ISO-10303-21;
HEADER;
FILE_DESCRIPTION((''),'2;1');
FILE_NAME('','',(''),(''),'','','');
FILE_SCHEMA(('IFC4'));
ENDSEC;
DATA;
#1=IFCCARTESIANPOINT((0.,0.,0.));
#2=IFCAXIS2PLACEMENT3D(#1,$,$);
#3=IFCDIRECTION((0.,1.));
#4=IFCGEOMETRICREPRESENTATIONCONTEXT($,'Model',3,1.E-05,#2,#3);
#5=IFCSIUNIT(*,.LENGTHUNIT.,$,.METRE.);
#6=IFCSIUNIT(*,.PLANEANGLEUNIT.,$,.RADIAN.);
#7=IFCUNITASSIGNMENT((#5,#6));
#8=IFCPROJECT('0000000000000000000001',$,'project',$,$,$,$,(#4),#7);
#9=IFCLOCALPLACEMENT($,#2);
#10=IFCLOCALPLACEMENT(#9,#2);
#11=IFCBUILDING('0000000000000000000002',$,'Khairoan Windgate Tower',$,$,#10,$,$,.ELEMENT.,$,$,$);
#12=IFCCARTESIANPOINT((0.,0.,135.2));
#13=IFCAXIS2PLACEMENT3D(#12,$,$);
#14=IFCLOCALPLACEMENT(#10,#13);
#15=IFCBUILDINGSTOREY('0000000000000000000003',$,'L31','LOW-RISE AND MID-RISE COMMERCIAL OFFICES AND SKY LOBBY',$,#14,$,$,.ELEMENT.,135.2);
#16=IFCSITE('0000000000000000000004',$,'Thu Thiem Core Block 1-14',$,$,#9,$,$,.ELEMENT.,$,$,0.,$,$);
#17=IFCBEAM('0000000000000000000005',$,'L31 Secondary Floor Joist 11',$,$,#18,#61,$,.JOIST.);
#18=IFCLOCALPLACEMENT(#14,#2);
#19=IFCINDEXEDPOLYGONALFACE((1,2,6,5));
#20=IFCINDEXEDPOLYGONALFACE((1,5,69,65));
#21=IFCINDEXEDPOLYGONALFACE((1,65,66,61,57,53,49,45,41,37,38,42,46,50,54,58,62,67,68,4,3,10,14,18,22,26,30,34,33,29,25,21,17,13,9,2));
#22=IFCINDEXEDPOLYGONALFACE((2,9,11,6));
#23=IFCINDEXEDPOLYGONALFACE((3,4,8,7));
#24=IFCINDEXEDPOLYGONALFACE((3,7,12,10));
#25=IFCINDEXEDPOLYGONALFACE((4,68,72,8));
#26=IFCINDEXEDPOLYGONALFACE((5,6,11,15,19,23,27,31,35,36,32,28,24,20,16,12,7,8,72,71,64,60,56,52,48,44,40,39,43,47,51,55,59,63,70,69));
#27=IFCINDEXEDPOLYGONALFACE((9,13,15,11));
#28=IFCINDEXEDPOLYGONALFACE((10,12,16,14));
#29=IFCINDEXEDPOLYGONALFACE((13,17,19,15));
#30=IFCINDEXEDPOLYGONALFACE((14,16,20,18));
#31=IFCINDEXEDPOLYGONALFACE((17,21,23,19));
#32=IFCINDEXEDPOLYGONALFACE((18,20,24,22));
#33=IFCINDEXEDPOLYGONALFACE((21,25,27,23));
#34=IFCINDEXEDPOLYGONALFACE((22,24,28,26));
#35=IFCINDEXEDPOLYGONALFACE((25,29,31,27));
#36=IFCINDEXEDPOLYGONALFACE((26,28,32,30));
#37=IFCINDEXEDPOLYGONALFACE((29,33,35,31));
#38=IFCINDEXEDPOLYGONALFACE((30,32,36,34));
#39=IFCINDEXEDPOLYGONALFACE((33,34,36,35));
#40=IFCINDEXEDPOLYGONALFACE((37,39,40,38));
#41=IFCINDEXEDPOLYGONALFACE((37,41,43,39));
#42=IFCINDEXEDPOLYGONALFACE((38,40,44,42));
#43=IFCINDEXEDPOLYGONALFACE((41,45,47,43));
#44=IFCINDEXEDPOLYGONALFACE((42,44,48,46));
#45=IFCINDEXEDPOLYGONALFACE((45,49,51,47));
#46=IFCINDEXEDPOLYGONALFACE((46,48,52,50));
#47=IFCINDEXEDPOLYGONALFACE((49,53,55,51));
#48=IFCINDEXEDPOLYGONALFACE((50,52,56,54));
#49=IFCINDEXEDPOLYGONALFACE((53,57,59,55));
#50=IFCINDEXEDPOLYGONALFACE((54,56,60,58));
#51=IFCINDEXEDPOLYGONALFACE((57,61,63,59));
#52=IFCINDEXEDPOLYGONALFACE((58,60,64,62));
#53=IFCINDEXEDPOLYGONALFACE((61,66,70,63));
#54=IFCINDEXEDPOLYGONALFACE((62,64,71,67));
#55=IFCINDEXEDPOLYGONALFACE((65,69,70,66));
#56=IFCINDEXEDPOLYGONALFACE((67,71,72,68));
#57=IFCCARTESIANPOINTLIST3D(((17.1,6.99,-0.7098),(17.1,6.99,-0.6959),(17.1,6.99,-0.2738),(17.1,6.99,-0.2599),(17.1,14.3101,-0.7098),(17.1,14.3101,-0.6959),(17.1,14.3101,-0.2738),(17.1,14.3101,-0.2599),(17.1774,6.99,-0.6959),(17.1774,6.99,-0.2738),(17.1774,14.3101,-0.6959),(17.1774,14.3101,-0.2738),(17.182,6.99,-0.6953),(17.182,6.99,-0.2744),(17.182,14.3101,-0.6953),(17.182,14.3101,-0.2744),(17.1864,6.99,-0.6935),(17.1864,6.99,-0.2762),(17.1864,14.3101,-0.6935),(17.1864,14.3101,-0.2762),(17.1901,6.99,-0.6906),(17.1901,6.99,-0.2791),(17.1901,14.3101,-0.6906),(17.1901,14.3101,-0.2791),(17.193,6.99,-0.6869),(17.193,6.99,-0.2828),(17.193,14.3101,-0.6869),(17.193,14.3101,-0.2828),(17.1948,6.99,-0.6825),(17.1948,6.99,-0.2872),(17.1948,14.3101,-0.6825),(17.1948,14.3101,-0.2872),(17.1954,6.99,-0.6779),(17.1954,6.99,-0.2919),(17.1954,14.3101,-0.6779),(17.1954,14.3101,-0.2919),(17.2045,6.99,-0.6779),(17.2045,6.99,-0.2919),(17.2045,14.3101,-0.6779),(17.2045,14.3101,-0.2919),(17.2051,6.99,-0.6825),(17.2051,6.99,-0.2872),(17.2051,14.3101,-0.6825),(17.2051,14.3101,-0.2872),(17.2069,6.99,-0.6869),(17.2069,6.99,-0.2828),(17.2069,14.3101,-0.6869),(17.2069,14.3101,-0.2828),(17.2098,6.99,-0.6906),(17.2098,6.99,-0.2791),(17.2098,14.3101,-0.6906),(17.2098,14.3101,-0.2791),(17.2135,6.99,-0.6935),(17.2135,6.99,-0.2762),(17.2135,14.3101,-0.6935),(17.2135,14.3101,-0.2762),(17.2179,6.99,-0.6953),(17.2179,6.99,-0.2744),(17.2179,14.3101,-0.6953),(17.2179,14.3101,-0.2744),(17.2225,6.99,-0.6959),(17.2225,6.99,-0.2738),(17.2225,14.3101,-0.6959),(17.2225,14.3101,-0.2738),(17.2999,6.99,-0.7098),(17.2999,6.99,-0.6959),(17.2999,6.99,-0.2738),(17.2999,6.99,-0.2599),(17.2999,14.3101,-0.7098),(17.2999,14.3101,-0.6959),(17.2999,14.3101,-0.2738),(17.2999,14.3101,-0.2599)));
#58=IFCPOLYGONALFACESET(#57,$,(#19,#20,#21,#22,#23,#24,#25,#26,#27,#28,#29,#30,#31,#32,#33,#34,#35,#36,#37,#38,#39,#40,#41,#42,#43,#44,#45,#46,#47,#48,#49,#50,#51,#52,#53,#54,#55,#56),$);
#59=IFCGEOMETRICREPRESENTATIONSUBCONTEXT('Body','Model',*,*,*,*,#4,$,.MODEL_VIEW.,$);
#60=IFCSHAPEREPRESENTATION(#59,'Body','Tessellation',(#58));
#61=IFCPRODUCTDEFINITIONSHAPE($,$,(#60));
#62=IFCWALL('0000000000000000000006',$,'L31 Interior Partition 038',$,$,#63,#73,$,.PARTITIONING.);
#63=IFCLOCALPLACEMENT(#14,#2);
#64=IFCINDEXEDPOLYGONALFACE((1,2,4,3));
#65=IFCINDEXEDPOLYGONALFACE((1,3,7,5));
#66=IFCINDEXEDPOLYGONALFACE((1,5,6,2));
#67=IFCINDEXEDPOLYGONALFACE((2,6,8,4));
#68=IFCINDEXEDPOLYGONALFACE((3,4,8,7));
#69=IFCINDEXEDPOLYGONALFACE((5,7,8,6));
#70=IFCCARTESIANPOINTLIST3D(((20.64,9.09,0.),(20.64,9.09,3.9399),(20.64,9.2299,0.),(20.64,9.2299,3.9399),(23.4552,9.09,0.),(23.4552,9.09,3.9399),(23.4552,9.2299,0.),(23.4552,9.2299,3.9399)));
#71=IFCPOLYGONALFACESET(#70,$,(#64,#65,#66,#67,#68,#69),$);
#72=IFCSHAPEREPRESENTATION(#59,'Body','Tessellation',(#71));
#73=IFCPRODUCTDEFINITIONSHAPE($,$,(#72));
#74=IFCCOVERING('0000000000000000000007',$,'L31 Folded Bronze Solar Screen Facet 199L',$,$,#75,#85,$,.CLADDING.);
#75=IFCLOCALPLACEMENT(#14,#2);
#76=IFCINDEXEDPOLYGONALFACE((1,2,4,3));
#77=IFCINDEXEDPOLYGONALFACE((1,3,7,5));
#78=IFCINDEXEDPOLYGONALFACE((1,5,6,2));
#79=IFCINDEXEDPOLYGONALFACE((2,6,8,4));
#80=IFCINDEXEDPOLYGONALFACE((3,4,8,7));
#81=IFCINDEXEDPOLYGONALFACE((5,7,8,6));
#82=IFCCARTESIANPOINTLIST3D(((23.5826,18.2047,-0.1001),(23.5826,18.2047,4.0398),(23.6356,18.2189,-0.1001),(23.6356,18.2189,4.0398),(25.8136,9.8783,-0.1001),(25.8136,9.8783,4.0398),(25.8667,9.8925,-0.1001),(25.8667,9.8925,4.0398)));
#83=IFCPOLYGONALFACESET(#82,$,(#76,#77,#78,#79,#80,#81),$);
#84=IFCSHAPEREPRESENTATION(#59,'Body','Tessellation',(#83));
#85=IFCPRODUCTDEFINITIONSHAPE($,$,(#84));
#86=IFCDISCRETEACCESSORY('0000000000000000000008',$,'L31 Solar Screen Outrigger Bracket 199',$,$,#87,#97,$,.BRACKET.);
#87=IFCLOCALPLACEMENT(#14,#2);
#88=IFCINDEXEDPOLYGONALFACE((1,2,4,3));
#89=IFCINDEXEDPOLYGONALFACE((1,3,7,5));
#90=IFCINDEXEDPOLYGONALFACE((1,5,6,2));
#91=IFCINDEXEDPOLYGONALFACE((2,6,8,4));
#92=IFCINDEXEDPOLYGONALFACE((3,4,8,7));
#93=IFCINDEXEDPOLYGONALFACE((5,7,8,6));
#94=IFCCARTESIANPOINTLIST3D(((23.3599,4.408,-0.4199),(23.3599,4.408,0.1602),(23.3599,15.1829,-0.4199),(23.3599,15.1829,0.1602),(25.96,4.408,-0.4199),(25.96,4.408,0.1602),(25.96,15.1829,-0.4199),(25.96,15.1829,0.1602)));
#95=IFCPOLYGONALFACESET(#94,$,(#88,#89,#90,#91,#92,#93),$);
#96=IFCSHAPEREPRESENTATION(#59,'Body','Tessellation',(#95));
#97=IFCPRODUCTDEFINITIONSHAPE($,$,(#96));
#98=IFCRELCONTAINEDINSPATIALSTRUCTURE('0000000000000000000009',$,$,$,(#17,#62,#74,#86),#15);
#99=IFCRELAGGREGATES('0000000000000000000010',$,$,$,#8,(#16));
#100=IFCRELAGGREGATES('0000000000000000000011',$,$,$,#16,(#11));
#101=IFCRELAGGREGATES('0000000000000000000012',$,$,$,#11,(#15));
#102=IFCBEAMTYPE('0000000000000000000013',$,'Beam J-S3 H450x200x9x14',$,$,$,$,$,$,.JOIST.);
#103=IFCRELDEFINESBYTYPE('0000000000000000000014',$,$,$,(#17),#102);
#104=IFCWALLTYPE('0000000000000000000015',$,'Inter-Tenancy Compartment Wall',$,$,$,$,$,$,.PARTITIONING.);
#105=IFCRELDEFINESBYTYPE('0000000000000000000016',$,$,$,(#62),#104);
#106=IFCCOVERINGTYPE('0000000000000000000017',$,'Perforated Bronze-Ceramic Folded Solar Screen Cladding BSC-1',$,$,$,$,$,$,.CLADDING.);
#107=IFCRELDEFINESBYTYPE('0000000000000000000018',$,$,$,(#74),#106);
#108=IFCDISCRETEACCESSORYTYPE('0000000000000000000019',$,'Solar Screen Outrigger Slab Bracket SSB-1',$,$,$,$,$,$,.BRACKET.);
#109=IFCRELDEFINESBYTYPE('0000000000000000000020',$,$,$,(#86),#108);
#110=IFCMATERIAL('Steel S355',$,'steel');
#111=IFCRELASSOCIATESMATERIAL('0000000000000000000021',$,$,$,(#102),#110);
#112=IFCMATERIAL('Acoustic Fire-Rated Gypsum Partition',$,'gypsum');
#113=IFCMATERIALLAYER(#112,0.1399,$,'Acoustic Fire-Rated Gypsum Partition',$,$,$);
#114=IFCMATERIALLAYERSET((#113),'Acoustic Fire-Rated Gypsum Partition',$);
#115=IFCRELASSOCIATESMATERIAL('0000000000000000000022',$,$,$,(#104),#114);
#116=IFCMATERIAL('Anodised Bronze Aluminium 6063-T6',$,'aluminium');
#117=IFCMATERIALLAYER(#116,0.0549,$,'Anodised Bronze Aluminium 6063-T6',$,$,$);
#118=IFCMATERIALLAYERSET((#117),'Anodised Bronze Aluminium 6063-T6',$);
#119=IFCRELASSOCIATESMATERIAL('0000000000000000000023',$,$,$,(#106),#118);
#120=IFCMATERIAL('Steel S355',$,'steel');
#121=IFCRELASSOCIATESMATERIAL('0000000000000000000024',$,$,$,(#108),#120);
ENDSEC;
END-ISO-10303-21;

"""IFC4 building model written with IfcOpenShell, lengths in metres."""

from ifc_helpers import new_model, si_unit, direction, frame, frame_2d, origin, origin_2d, place, context, subcontext, project, spatial, rectangle, i_section, extrude, material, layer, layer_set, material_profile, profile_set, type_object, element, save


model = new_model("IFC4")

# Units and contexts
model_context = context("Model", 3, precision=1e-05, world=origin(), true_north=direction((0.0, 1.0)))
body_context = subcontext(model_context, "Body", "Model", "MODEL_VIEW")
ifc_project = project(units=[si_unit("LENGTHUNIT", "METRE"), si_unit("PLANEANGLEUNIT", "RADIAN")], contexts=[model_context])

# Site, building, storey
site_placement = place(None, origin())
site = spatial("IfcSite", under=ifc_project, at=site_placement, Name="Thu Thiem Core Block 1-14", CompositionType="ELEMENT", RefElevation=0.0)
building_placement = place(site_placement, origin())
building = spatial("IfcBuilding", under=site, at=building_placement, Name="Khairoan Windgate Tower", CompositionType="ELEMENT")
storey_placement = place(building_placement, frame((0.0, 0.0, 135.2)))
storey = spatial("IfcBuildingStorey", under=building, at=storey_placement, Name="L31", Description="LOW-RISE AND MID-RISE COMMERCIAL OFFICES AND SKY LOBBY", CompositionType="ELEMENT", Elevation=135.2)

# Beam
ifc_material_1 = material(Name="Steel S355", Category="steel")
ifc_material_profile_1 = material_profile(ifc_material_1, i_section(OverallWidth=0.2, OverallDepth=0.45, WebThickness=0.009, FlangeThickness=0.0139, FilletRadius=0.0181, at=origin_2d()))
ifc_profile_set_1 = profile_set([ifc_material_profile_1], Name="Steel S355")
beam_type_1 = type_object("IfcBeamType", Name="Beam J-S3 H450x200x9x14", PredefinedType="JOIST", material=ifc_profile_set_1)
beam_1_placement = place(storey_placement, frame((17.2, 6.99, -0.4849), z_axis=(0.0, 1.0, 0.0), x_axis=(-1.0, 0.0, 0.0)))
element("IfcBeam", 1, at=beam_1_placement, inside=storey, type_object=beam_type_1, Name="L31 Secondary Floor Joist 11", PredefinedType="JOIST", context=body_context, shape_type="SweptSolid", body=[
    extrude(i_section(OverallWidth=0.2, OverallDepth=0.45, WebThickness=0.009, FlangeThickness=0.0139, FilletRadius=0.0181, at=origin_2d()), origin(), (0.0, 0.0, 1.0), 7.3201),
])

# Wall
ifc_material_2 = material(Name="Acoustic Fire-Rated Gypsum Partition", Category="gypsum")
ifc_layer_1 = layer(ifc_material_2, 0.1399, Name="Acoustic Fire-Rated Gypsum Partition")
ifc_layer_set_1 = layer_set([ifc_layer_1], Name="Acoustic Fire-Rated Gypsum Partition")
wall_type_1 = type_object("IfcWallType", Name="Inter-Tenancy Compartment Wall", PredefinedType="PARTITIONING", material=ifc_layer_set_1)
wall_1_placement = place(storey_placement, frame((20.6399, 9.1599, 0.0), z_axis=(0.0, 0.0, 1.0), x_axis=(1.0, 0.0, 0.0)))
element("IfcWall", 2, at=wall_1_placement, inside=storey, type_object=wall_type_1, Name="L31 Interior Partition 038", PredefinedType="PARTITIONING", context=body_context, shape_type="SweptSolid", body=[
    extrude(rectangle(XDim=2.8152, YDim=0.1399, at=frame_2d((1.4077, 0.0))), origin(), (0.0, 0.0, 1.0), 3.9399),
])

# Covering
ifc_material_3 = material(Name="Anodised Bronze Aluminium 6063-T6", Category="aluminium")
ifc_layer_2 = layer(ifc_material_3, 0.0549, Name="Anodised Bronze Aluminium 6063-T6")
ifc_layer_set_2 = layer_set([ifc_layer_2], Name="Anodised Bronze Aluminium 6063-T6")
covering_type = type_object("IfcCoveringType", Name="Perforated Bronze-Ceramic Folded Solar Screen Cladding BSC-1", PredefinedType="CLADDING", material=ifc_layer_set_2)
covering_placement = place(storey_placement, frame((24.7246, 14.0486, -0.1001), z_axis=(0.0, 0.0, 1.0), x_axis=(0.258819, -0.965926, 0.0)))
element("IfcCovering", 3, at=covering_placement, inside=storey, type_object=covering_type, Name="L31 Folded Bronze Solar Screen Facet 199L", PredefinedType="CLADDING", context=body_context, shape_type="SweptSolid", body=[
    extrude(rectangle(XDim=8.6201, YDim=0.0549, at=origin_2d()), origin(), (0.0, 0.0, 1.0), 4.1399),
])

# Discrete accessory
ifc_material_4 = material(Name="Steel S355", Category="steel")
discrete_accessory_type = type_object("IfcDiscreteAccessoryType", Name="Solar Screen Outrigger Slab Bracket SSB-1", PredefinedType="BRACKET", material=ifc_material_4)
discrete_accessory_placement = place(storey_placement, frame((24.6599, 9.7954, -0.4199), z_axis=(0.0, 0.0, 1.0), x_axis=(0.0, -1.0, 0.0)))
element("IfcDiscreteAccessory", 4, at=discrete_accessory_placement, inside=storey, type_object=discrete_accessory_type, Name="L31 Solar Screen Outrigger Bracket 199", PredefinedType="BRACKET", context=body_context, shape_type="SweptSolid", body=[
    extrude(rectangle(XDim=10.7749, YDim=2.6001, at=origin_2d()), origin(), (0.0, 0.0, 1.0), 0.5801),
])

save(model, "model.ifc")
